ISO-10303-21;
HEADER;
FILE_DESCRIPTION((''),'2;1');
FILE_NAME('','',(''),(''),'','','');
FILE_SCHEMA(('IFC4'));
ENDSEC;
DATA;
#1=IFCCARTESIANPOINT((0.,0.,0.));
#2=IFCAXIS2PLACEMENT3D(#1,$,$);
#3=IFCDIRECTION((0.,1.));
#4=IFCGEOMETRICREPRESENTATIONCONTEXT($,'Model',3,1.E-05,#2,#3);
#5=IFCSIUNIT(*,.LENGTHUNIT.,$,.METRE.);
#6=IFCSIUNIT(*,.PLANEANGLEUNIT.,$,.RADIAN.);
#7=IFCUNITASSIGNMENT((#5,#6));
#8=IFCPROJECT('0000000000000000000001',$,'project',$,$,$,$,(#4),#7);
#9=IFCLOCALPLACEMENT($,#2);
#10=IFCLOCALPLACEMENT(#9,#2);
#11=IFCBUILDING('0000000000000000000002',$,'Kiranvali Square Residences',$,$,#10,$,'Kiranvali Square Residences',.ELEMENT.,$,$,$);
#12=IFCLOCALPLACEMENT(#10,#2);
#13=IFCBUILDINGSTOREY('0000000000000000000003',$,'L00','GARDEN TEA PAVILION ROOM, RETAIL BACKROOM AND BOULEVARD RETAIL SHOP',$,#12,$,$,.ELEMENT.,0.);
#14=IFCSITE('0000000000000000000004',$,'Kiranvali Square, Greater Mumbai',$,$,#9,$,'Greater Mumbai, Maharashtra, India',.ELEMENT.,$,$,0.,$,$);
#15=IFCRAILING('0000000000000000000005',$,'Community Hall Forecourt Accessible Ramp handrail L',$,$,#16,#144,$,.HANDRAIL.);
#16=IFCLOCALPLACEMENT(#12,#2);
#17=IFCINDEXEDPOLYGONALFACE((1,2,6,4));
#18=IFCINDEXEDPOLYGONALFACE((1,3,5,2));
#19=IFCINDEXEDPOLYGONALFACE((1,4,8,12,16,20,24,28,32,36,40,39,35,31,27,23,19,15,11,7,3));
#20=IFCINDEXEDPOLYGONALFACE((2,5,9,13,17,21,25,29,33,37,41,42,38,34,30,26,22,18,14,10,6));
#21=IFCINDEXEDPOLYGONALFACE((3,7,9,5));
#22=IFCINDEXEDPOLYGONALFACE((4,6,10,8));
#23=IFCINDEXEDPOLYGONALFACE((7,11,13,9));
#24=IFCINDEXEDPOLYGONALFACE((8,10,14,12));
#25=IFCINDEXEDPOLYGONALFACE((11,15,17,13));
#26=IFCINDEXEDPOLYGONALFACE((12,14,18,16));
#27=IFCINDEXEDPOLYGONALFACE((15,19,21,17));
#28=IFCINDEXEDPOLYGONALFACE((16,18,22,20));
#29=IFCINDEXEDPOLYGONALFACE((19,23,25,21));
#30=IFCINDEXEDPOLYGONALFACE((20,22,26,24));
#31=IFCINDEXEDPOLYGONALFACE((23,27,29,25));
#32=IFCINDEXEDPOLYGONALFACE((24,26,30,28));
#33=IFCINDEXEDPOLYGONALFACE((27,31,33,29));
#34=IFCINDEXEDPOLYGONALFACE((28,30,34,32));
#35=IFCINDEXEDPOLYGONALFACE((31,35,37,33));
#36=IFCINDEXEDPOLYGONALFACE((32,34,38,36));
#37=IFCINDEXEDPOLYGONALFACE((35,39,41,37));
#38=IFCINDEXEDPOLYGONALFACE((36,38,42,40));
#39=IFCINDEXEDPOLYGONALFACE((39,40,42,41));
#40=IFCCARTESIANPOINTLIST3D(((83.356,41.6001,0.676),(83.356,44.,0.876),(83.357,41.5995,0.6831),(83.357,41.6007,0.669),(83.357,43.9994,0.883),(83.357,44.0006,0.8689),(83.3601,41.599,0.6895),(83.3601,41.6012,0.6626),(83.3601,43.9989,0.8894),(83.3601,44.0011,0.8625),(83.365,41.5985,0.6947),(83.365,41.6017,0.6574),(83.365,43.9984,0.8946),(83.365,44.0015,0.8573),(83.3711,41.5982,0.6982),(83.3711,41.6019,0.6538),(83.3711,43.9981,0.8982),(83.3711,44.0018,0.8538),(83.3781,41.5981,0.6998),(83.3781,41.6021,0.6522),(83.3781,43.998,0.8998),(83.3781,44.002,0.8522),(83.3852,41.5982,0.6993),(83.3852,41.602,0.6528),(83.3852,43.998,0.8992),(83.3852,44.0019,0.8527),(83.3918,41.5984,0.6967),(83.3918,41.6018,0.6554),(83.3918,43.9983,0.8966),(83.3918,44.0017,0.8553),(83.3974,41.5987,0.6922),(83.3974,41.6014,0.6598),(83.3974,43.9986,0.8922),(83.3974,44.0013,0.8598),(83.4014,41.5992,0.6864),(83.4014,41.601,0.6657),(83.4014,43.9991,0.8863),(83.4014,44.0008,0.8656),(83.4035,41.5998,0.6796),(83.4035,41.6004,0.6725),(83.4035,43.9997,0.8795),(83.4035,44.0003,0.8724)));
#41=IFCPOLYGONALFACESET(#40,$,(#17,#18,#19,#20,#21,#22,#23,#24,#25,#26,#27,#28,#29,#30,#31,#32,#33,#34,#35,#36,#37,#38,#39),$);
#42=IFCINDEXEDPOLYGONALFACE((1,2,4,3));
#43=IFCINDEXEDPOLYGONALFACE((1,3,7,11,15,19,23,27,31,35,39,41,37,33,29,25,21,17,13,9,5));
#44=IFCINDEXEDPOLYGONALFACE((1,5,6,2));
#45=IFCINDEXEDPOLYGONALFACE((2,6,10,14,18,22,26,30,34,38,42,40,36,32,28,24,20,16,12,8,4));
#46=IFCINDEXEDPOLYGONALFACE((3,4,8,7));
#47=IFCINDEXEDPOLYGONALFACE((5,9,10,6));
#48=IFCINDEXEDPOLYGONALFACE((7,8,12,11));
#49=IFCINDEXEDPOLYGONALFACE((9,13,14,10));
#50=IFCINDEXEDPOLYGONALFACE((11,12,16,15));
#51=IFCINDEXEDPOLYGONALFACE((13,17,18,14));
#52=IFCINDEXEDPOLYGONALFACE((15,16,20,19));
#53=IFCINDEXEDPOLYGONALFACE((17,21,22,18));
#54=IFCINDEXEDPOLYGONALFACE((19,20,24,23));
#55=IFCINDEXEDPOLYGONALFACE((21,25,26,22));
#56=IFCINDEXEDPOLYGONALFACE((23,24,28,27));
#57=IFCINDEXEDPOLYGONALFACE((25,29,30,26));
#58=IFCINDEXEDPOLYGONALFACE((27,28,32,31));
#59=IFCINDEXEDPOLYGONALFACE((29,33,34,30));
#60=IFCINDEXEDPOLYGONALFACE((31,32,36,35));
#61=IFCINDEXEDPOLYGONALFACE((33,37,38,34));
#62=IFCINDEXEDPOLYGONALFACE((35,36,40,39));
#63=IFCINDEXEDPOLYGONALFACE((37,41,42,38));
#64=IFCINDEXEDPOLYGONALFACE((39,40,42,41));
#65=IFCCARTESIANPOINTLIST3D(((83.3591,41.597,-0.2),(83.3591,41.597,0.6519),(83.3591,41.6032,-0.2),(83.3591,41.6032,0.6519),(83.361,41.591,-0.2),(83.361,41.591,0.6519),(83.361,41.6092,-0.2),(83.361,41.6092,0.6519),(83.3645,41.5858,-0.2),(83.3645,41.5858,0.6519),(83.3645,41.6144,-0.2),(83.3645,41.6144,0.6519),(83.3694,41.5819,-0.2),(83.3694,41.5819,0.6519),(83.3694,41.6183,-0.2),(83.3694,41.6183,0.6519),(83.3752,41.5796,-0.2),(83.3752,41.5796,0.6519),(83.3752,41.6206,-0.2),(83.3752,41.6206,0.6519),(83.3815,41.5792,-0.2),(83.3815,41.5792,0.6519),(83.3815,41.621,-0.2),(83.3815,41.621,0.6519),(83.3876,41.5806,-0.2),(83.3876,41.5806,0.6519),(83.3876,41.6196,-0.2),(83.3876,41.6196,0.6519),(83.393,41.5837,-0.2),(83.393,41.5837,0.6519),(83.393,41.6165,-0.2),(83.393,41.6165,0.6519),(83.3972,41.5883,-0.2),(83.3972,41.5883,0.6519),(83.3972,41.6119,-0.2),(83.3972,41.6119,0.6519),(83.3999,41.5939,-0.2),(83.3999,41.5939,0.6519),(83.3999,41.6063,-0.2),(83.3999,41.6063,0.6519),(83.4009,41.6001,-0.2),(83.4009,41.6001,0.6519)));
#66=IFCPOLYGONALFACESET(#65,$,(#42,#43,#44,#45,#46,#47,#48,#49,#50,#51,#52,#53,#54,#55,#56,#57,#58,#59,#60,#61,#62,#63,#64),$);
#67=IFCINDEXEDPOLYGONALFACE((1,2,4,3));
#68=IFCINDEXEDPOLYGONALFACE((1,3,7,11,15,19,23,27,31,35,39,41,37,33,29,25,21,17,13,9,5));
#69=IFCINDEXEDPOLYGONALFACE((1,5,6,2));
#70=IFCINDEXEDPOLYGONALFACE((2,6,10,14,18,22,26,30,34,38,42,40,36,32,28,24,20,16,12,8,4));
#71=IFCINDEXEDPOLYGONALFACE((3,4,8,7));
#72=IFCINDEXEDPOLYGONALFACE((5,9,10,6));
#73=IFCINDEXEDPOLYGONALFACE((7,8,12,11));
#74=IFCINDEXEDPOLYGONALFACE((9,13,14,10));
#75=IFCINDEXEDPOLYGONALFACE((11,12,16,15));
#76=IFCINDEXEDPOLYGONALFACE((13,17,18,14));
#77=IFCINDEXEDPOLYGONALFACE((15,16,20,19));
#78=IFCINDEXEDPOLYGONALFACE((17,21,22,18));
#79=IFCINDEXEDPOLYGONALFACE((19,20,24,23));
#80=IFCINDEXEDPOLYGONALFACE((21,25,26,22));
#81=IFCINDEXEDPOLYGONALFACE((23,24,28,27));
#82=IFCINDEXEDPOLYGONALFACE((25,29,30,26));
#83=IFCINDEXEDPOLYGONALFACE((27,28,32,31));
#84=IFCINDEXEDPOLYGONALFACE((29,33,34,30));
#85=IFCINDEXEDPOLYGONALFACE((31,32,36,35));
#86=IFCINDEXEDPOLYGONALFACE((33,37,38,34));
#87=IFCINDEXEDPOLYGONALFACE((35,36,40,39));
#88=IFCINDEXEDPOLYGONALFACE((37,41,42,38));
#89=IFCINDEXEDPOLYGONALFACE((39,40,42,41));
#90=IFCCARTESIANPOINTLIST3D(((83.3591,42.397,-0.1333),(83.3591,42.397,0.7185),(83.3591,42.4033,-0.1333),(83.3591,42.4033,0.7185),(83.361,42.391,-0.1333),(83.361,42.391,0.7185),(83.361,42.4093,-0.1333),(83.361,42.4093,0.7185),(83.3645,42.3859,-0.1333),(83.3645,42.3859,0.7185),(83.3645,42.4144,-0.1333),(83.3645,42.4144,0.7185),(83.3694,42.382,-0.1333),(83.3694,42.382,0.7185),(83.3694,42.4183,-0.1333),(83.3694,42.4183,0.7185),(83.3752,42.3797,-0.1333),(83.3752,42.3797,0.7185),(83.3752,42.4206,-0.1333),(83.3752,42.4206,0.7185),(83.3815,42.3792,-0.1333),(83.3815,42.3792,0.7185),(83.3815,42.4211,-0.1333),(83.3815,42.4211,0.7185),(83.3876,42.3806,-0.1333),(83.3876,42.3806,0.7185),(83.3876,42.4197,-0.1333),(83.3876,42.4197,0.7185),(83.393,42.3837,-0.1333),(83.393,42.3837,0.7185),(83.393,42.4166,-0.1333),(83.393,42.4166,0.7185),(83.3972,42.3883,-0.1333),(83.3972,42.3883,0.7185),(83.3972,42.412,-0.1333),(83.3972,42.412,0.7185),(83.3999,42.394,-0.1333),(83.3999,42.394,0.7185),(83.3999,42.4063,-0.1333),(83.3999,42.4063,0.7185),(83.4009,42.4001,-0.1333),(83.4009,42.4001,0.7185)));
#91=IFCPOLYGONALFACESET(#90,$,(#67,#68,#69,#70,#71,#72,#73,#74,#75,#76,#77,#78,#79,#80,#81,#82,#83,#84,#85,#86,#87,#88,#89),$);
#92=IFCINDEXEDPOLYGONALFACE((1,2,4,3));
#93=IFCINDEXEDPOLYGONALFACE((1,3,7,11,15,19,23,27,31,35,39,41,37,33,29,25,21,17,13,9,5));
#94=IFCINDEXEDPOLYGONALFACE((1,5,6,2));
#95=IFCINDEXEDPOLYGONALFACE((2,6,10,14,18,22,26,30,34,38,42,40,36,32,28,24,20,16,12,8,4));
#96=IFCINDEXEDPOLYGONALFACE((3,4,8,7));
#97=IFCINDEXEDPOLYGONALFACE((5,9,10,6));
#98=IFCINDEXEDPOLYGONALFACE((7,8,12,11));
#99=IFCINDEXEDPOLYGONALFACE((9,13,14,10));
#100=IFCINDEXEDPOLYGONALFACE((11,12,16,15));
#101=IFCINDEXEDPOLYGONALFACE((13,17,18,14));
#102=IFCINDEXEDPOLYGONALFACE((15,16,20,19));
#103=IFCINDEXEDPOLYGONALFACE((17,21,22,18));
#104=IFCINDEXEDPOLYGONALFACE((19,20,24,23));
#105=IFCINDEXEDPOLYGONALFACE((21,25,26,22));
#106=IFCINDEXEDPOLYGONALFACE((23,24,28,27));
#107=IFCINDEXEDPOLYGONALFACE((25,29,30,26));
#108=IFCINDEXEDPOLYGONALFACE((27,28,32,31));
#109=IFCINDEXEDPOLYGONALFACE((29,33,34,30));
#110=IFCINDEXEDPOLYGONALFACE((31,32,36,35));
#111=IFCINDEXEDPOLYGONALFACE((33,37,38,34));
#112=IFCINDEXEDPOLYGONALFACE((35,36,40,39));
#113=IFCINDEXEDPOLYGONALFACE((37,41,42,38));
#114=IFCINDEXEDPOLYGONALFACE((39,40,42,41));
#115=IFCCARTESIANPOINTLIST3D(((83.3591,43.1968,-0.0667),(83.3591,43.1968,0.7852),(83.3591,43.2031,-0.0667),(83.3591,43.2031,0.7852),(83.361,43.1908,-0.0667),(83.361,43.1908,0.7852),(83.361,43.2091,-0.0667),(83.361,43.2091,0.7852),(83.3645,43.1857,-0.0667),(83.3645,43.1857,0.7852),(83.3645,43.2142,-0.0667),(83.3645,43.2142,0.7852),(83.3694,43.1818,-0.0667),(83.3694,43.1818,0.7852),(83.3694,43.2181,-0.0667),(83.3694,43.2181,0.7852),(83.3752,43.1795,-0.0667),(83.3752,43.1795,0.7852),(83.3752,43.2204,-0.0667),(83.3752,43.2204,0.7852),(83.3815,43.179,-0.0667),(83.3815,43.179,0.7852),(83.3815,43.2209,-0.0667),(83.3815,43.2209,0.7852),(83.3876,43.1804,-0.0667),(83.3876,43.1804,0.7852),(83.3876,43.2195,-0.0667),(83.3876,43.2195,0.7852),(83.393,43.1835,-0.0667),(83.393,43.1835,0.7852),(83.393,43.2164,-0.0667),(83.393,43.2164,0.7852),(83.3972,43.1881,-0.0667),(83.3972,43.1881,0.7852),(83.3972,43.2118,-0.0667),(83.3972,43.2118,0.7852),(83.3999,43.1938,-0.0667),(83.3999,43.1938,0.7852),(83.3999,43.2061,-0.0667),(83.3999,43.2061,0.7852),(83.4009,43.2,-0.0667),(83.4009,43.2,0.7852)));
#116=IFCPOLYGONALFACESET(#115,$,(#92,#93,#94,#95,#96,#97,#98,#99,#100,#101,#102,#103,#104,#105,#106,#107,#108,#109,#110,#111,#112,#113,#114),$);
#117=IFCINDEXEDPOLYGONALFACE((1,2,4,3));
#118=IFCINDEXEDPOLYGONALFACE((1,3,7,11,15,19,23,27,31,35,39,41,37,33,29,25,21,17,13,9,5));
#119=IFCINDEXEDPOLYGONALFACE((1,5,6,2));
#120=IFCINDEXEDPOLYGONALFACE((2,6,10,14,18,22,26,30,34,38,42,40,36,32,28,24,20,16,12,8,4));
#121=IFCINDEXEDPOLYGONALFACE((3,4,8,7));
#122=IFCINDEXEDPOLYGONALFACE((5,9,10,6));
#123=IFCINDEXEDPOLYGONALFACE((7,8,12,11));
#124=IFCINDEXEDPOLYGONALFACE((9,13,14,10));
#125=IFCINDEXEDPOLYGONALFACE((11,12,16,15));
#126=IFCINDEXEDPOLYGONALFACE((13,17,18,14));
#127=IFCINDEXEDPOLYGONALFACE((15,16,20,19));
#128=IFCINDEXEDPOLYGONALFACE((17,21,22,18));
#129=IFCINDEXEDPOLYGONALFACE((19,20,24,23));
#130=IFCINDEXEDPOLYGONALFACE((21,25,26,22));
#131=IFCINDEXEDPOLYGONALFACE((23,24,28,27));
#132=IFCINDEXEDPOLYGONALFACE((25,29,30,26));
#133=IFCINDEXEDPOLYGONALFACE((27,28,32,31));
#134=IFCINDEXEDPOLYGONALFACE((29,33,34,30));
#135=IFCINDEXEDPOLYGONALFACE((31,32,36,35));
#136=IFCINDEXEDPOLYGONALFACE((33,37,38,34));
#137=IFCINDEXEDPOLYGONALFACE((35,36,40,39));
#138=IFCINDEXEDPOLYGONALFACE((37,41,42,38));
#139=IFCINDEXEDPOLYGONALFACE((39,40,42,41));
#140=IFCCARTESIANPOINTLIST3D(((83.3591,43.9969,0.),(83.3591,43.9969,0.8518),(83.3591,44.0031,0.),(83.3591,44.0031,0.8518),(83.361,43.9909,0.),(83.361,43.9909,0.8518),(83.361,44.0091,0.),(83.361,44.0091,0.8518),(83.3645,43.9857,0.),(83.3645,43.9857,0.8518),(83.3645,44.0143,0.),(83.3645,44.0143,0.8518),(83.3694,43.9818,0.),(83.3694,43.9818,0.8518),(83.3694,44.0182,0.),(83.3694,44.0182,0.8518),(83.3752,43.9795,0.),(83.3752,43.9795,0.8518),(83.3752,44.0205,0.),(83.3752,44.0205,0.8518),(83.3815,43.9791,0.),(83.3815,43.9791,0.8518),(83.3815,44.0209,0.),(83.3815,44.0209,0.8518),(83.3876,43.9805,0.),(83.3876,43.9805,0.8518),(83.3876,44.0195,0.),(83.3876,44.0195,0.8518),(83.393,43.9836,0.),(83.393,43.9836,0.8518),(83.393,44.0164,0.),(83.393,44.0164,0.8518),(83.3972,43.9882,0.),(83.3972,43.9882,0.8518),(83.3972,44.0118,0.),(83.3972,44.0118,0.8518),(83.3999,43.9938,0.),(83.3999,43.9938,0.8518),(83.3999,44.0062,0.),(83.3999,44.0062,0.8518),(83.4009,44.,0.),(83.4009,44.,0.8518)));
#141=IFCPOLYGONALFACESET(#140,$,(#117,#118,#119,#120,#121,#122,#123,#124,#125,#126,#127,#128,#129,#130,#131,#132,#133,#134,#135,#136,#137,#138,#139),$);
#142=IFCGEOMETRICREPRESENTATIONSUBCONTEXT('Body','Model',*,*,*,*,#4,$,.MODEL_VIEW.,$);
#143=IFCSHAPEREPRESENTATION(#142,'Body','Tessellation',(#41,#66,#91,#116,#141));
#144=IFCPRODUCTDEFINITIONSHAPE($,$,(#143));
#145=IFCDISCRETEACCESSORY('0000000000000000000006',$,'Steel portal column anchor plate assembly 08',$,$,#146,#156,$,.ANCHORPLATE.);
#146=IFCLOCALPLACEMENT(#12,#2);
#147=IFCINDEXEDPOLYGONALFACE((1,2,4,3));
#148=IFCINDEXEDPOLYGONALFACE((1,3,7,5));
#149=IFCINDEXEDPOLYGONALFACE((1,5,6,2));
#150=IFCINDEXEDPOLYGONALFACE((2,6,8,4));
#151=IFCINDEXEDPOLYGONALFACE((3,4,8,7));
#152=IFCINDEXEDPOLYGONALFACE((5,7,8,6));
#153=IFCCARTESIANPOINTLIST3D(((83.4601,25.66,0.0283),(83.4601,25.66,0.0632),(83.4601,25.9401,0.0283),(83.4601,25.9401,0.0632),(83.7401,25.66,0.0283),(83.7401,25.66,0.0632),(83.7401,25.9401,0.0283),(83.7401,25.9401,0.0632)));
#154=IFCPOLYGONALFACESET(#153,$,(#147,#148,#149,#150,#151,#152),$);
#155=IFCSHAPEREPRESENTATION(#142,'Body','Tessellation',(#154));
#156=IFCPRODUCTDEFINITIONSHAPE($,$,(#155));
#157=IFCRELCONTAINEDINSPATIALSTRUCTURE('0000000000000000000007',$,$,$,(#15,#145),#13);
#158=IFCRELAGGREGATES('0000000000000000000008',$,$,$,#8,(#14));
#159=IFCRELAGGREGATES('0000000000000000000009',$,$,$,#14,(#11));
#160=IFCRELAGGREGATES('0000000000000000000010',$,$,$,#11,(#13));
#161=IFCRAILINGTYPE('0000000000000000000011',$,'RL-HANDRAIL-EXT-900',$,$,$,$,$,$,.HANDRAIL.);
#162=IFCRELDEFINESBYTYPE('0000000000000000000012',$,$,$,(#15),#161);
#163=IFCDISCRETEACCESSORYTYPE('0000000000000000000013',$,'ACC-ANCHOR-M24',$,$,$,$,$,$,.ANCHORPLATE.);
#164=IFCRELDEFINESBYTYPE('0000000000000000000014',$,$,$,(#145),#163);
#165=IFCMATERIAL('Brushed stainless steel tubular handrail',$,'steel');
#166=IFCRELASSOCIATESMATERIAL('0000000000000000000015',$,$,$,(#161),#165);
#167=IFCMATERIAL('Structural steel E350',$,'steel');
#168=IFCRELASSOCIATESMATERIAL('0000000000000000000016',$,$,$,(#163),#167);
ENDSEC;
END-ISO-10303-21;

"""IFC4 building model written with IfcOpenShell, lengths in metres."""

from ifc_helpers import new_model, si_unit, direction, frame, origin, origin_2d, place, context, subcontext, project, spatial, rectangle, circle, extrude, material, type_object, element, save


model = new_model("IFC4")

# Units and contexts
model_context = context("Model", 3, precision=1e-05, world=origin(), true_north=direction((0.0, 1.0)))
body_context = subcontext(model_context, "Body", "Model", "MODEL_VIEW")
ifc_project = project(units=[si_unit("LENGTHUNIT", "METRE"), si_unit("PLANEANGLEUNIT", "RADIAN")], contexts=[model_context])

# Site, building, storey
site_placement = place(None, origin())
site = spatial("IfcSite", under=ifc_project, at=site_placement, Name="Kiranvali Square, Greater Mumbai", LongName="Greater Mumbai, Maharashtra, India", CompositionType="ELEMENT", RefElevation=0.0)
building_placement = place(site_placement, origin())
building = spatial("IfcBuilding", under=site, at=building_placement, Name="Kiranvali Square Residences", LongName="Kiranvali Square Residences", CompositionType="ELEMENT")
storey_placement = place(building_placement, origin())
storey = spatial("IfcBuildingStorey", under=building, at=storey_placement, Name="L00", Description="GARDEN TEA PAVILION ROOM, RETAIL BACKROOM AND BOULEVARD RETAIL SHOP", CompositionType="ELEMENT", Elevation=0.0)

# Shared definitions
ifc_material_1 = material(Name="Structural steel E350", Category="steel")

# Railing
ifc_material_2 = material(Name="Brushed stainless steel tubular handrail", Category="steel")
railing_type = type_object("IfcRailingType", Name="RL-HANDRAIL-EXT-900", PredefinedType="HANDRAIL", material=ifc_material_2)
railing_placement = place(storey_placement, frame((83.3799, 41.6001, -0.2)))
element("IfcRailing", 1, at=railing_placement, inside=storey, type_object=railing_type, Name="Community Hall Forecourt Accessible Ramp handrail L", PredefinedType="HANDRAIL", context=body_context, shape_type="SweptSolid", body=[
    extrude(circle(Radius=0.0239, at=origin_2d()), frame((0.0, 0.0, 0.876), z_axis=(0.0, 0.996547, 0.083029), x_axis=(-1.0, 0.0, 0.0)), (0.0, 0.0, 1.0), 2.4082),
    extrude(circle(Radius=0.021, at=origin_2d()), origin(), (0.0, 0.0, 1.0), 0.8518),
    extrude(circle(Radius=0.021, at=origin_2d()), frame((0.0, 0.8, 0.0667)), (0.0, 0.0, 1.0), 0.8518),
    extrude(circle(Radius=0.021, at=origin_2d()), frame((0.0, 1.5999, 0.1333)), (0.0, 0.0, 1.0), 0.8518),
    extrude(circle(Radius=0.021, at=origin_2d()), frame((0.0, 2.3999, 0.2)), (0.0, 0.0, 1.0), 0.8518),
])

# Discrete accessory
discrete_accessory_type = type_object("IfcDiscreteAccessoryType", Name="ACC-ANCHOR-M24", PredefinedType="ANCHORPLATE", material=ifc_material_1)
discrete_accessory_placement = place(storey_placement, frame((83.6001, 25.8, 0.0283), z_axis=(0.0, 0.0, 1.0), x_axis=(1.0, 0.0, 0.0)))
element("IfcDiscreteAccessory", 2, at=discrete_accessory_placement, inside=storey, type_object=discrete_accessory_type, Name="Steel portal column anchor plate assembly 08", PredefinedType="ANCHORPLATE", context=body_context, shape_type="SweptSolid", body=[
    extrude(rectangle(XDim=0.28, YDim=0.28, at=origin_2d()), origin(), (0.0, 0.0, 1.0), 0.0349),
])

save(model, "model.ifc")
